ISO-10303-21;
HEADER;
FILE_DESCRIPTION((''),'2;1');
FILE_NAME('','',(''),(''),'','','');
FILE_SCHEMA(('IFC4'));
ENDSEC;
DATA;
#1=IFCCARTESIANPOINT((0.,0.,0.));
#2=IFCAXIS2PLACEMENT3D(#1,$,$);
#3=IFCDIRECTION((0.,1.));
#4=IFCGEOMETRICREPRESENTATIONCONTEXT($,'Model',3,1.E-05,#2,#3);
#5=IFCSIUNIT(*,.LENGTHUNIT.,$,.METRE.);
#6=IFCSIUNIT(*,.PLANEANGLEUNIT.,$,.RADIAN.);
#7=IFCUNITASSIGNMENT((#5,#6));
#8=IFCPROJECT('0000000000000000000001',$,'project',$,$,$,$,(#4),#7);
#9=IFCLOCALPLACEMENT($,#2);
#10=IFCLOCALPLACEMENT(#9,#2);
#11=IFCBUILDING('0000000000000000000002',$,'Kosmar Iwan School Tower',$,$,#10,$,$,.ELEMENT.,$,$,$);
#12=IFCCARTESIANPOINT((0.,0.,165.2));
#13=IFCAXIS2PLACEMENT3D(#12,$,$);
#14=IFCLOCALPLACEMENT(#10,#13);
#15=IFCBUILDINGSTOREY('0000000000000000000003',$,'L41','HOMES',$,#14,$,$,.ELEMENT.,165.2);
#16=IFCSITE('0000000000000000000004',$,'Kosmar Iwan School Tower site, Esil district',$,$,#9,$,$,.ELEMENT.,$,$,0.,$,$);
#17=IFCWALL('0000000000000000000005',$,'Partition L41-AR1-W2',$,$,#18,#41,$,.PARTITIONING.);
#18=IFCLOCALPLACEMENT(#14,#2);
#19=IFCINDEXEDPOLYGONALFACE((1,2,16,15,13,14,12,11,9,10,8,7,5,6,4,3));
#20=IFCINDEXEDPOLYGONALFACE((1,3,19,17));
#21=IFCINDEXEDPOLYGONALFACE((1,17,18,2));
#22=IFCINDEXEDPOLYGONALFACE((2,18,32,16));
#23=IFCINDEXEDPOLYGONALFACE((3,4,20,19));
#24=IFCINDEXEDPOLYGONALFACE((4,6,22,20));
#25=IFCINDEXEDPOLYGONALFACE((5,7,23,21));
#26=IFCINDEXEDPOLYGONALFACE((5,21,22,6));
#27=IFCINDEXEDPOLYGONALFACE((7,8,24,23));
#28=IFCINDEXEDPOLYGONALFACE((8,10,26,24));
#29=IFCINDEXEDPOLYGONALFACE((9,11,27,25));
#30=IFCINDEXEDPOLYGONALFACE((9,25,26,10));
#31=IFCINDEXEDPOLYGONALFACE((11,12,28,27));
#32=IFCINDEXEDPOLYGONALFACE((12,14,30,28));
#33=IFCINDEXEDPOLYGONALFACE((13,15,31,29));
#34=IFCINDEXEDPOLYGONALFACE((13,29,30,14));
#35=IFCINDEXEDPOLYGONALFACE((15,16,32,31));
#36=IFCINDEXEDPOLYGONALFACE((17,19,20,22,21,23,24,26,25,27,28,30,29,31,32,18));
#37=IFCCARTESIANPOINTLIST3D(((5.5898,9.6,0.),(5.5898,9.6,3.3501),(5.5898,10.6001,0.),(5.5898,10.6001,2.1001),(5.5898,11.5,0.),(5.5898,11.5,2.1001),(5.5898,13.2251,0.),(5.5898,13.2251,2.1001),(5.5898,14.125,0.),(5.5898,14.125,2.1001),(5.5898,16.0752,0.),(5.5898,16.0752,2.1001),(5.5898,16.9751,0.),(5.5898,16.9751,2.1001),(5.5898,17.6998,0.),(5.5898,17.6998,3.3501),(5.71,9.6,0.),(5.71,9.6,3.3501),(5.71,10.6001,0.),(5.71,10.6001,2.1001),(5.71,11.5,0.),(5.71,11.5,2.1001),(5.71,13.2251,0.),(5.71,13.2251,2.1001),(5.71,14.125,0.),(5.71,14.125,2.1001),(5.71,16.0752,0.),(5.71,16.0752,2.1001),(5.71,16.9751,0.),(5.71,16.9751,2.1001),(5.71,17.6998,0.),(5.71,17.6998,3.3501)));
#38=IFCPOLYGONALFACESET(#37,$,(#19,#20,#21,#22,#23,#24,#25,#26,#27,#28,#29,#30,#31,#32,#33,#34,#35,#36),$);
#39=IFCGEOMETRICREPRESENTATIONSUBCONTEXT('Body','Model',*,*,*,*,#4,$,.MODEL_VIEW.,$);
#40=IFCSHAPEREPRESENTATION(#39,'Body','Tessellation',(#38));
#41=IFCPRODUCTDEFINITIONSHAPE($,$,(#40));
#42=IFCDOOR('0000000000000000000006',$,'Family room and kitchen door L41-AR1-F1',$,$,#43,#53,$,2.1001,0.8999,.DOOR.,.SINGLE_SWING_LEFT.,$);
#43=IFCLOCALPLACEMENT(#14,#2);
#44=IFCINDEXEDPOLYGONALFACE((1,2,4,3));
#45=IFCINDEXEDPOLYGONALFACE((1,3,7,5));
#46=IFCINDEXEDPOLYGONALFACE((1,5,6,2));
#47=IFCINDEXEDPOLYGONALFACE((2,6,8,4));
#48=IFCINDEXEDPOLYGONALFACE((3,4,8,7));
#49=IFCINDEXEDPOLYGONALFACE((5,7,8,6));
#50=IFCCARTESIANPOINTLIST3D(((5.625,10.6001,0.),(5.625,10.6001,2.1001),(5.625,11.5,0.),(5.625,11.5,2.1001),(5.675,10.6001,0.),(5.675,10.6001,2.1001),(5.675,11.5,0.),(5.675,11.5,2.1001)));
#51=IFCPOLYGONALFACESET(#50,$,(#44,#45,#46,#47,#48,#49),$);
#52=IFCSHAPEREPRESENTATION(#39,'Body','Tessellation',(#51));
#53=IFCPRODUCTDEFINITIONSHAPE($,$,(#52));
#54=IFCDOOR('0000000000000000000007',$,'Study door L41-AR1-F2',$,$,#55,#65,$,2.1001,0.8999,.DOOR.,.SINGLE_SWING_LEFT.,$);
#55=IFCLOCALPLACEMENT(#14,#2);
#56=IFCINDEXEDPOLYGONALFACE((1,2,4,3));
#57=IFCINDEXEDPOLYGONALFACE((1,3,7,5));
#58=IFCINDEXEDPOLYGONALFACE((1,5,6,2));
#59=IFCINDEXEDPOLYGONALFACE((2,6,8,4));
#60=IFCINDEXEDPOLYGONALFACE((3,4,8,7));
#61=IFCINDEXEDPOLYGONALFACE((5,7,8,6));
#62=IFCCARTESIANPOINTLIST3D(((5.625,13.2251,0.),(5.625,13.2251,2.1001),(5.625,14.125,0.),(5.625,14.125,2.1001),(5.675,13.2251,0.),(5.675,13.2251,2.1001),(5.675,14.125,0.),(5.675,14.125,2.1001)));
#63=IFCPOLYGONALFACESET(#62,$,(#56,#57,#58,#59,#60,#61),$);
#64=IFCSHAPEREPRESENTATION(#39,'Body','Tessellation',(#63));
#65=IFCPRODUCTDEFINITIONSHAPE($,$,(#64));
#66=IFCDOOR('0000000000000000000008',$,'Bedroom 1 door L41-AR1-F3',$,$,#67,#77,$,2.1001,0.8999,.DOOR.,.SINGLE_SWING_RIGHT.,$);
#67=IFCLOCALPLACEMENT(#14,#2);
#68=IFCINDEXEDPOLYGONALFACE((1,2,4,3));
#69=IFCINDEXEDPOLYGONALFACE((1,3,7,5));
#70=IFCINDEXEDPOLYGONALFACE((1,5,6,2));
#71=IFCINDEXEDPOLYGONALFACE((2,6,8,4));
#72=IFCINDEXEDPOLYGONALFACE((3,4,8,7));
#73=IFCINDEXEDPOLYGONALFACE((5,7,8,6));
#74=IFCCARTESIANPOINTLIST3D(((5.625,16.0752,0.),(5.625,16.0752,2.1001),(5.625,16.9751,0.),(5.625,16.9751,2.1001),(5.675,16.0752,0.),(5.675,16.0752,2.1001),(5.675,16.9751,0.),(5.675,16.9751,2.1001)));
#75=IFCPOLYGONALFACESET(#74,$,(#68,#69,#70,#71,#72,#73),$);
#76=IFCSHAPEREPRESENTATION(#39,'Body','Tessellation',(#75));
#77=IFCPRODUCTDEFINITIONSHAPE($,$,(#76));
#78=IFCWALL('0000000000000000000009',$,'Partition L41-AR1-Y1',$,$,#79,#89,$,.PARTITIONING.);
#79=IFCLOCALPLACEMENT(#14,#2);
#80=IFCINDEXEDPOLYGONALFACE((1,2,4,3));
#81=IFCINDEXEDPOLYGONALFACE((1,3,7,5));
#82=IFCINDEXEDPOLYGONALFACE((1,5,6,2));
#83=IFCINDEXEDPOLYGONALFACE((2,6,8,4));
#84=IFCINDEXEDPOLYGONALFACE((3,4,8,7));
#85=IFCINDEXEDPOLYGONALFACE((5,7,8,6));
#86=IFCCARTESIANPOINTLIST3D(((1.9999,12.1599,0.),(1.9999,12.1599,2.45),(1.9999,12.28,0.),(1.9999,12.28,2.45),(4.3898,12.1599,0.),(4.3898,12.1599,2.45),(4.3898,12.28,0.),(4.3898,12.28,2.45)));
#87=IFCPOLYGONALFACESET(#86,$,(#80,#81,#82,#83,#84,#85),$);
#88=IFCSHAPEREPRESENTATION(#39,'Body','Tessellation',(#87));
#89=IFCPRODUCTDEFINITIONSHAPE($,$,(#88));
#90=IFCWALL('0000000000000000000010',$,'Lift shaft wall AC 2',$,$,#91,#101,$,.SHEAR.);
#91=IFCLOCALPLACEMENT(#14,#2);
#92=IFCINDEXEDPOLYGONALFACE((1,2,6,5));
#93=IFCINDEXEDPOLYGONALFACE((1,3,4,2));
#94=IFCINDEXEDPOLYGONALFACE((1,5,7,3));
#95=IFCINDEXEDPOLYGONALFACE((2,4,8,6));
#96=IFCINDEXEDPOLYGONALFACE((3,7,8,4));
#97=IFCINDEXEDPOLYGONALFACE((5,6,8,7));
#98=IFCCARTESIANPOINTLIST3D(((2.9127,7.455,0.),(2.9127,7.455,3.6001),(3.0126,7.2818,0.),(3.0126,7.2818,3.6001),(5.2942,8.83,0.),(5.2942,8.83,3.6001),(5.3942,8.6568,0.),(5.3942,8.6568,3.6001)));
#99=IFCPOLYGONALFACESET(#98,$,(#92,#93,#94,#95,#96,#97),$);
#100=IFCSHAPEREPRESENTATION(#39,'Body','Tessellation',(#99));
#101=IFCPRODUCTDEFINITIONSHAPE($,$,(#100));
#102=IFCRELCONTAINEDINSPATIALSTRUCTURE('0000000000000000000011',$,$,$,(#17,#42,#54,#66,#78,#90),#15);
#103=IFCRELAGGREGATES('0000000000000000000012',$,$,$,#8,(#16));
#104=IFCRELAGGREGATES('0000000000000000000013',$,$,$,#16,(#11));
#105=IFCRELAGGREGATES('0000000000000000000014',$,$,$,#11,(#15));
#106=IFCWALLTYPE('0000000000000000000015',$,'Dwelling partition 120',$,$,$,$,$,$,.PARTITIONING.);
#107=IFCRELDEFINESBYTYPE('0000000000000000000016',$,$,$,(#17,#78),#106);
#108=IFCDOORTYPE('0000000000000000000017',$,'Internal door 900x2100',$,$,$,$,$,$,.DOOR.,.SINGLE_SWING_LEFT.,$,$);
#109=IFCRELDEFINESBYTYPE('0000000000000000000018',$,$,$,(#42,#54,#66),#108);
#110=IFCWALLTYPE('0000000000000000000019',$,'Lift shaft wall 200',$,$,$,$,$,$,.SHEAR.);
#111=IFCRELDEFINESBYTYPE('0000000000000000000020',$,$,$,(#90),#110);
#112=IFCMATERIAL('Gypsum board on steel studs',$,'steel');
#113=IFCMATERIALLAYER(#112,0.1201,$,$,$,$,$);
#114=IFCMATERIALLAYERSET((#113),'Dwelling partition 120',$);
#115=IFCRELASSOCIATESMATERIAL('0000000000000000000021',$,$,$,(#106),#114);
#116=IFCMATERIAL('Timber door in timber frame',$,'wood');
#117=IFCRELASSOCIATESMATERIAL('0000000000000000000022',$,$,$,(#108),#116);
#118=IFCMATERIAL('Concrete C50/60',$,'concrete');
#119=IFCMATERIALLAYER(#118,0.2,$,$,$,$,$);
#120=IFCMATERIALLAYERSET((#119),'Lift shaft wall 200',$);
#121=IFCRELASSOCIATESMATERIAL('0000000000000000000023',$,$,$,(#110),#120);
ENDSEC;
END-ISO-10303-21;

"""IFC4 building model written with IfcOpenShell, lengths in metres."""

from ifc_helpers import new_model, si_unit, direction, frame, frame_2d, origin, place, context, subcontext, project, spatial, rectangle, extrude, material, layer, layer_set, type_object, element, fill, save


model = new_model("IFC4")

# Units and contexts
model_context = context("Model", 3, precision=1e-05, world=origin(), true_north=direction((0.0, 1.0)))
body_context = subcontext(model_context, "Body", "Model", "MODEL_VIEW")
ifc_project = project(units=[si_unit("LENGTHUNIT", "METRE"), si_unit("PLANEANGLEUNIT", "RADIAN")], contexts=[model_context])

# Site, building, storey
site_placement = place(None, origin())
site = spatial("IfcSite", under=ifc_project, at=site_placement, Name="Kosmar Iwan School Tower site, Esil district", CompositionType="ELEMENT", RefElevation=0.0)
building_placement = place(site_placement, origin())
building = spatial("IfcBuilding", under=site, at=building_placement, Name="Kosmar Iwan School Tower", CompositionType="ELEMENT")
storey_placement = place(building_placement, frame((0.0, 0.0, 165.2)))
storey = spatial("IfcBuildingStorey", under=building, at=storey_placement, Name="L41", Description="HOMES", CompositionType="ELEMENT", Elevation=165.2)

# Wall, openings, doors
ifc_material_1 = material(Name="Gypsum board on steel studs", Category="steel")
ifc_layer_1 = layer(ifc_material_1, 0.1201)
ifc_layer_set_1 = layer_set([ifc_layer_1], Name="Dwelling partition 120")
wall_type_1 = type_object("IfcWallType", Name="Dwelling partition 120", PredefinedType="PARTITIONING", material=ifc_layer_set_1)
ifc_material_2 = material(Name="Timber door in timber frame", Category="wood")
door_type_1 = type_object("IfcDoorType", Name="Internal door 900x2100", OperationType="SINGLE_SWING_LEFT", PredefinedType="DOOR", material=ifc_material_2)
wall_1_placement = place(storey_placement, frame((5.6499, 9.6001, 0.0), z_axis=(0.0, 0.0, 1.0), x_axis=(0.0, 1.0, 0.0)))
wall_1 = element("IfcWall", 1, at=wall_1_placement, inside=storey, type_object=wall_type_1, Name="Partition L41-AR1-W2", PredefinedType="PARTITIONING", context=body_context, shape_type="SweptSolid", body=[
    extrude(rectangle(XDim=8.0999, YDim=0.1201, at=frame_2d((4.0498, 0.0))), origin(), (0.0, 0.0, 1.0), 3.3501),
])
opening_1_placement = place(wall_1_placement, frame((1.0, 0.0, 0.0)))
opening_1 = element("IfcOpeningElement", 2, at=opening_1_placement, cuts=wall_1, PredefinedType="OPENING", context=body_context, shape_type="SweptSolid", body=[
    extrude(rectangle(XDim=0.8999, YDim=2.1001, at=frame_2d((0.45, 1.05))), frame((0.0, 0.072, 0.0), z_axis=(0.0, -1.0, 0.0), x_axis=(1.0, 0.0, 0.0)), (0.0, 0.0, 1.0), 0.144),
])
opening_2_placement = place(wall_1_placement, frame((3.625, 0.0, 0.0)))
opening_2 = element("IfcOpeningElement", 3, at=opening_2_placement, cuts=wall_1, PredefinedType="OPENING", context=body_context, shape_type="SweptSolid", body=[
    extrude(rectangle(XDim=0.8999, YDim=2.1001, at=frame_2d((0.45, 1.05))), frame((0.0, 0.072, 0.0), z_axis=(0.0, -1.0, 0.0), x_axis=(1.0, 0.0, 0.0)), (0.0, 0.0, 1.0), 0.144),
])
opening_3_placement = place(wall_1_placement, frame((6.4751, 0.0, 0.0)))
opening_3 = element("IfcOpeningElement", 4, at=opening_3_placement, cuts=wall_1, PredefinedType="OPENING", context=body_context, shape_type="SweptSolid", body=[
    extrude(rectangle(XDim=0.8999, YDim=2.1001, at=frame_2d((0.45, 1.05))), frame((0.0, 0.072, 0.0), z_axis=(0.0, -1.0, 0.0), x_axis=(1.0, 0.0, 0.0)), (0.0, 0.0, 1.0), 0.144),
])
door_1_placement = place(opening_1_placement, origin())
door_1 = element("IfcDoor", 5, at=door_1_placement, inside=storey, type_object=door_type_1, Name="Family room and kitchen door L41-AR1-F1", OperationType="SINGLE_SWING_LEFT", OverallHeight=2.1001, OverallWidth=0.8999, PredefinedType="DOOR", context=body_context, shape_type="SweptSolid", body=[
    extrude(rectangle(XDim=0.8999, YDim=2.1001, at=frame_2d((0.45, 1.05))), frame((0.0, 0.0249, 0.0), z_axis=(0.0, -1.0, 0.0), x_axis=(1.0, 0.0, 0.0)), (0.0, 0.0, 1.0), 0.05),
])
fill(opening_1, door_1)
door_2_placement = place(opening_2_placement, origin())
door_2 = element("IfcDoor", 6, at=door_2_placement, inside=storey, type_object=door_type_1, Name="Study door L41-AR1-F2", OperationType="SINGLE_SWING_LEFT", OverallHeight=2.1001, OverallWidth=0.8999, PredefinedType="DOOR", context=body_context, shape_type="SweptSolid", body=[
    extrude(rectangle(XDim=0.8999, YDim=2.1001, at=frame_2d((0.45, 1.05))), frame((0.0, 0.0249, 0.0), z_axis=(0.0, -1.0, 0.0), x_axis=(1.0, 0.0, 0.0)), (0.0, 0.0, 1.0), 0.05),
])
fill(opening_2, door_2)
door_3_placement = place(opening_3_placement, origin())
door_3 = element("IfcDoor", 7, at=door_3_placement, inside=storey, type_object=door_type_1, Name="Bedroom 1 door L41-AR1-F3", OperationType="SINGLE_SWING_RIGHT", OverallHeight=2.1001, OverallWidth=0.8999, PredefinedType="DOOR", context=body_context, shape_type="SweptSolid", body=[
    extrude(rectangle(XDim=0.8999, YDim=2.1001, at=frame_2d((0.45, 1.05))), frame((0.0, 0.0249, 0.0), z_axis=(0.0, -1.0, 0.0), x_axis=(1.0, 0.0, 0.0)), (0.0, 0.0, 1.0), 0.05),
])
fill(opening_3, door_3)

# Walls
wall_2_placement = place(storey_placement, frame((2.0, 12.22, 0.0), z_axis=(0.0, 0.0, 1.0), x_axis=(1.0, 0.0, 0.0)))
element("IfcWall", 8, at=wall_2_placement, inside=storey, type_object=wall_type_1, Name="Partition L41-AR1-Y1", PredefinedType="PARTITIONING", context=body_context, shape_type="SweptSolid", body=[
    extrude(rectangle(XDim=2.3899, YDim=0.1201, at=frame_2d((1.1948, 0.0))), origin(), (0.0, 0.0, 1.0), 2.45),
])
ifc_material_3 = material(Name="Concrete C50/60", Category="concrete")
ifc_layer_2 = layer(ifc_material_3, 0.2)
ifc_layer_set_2 = layer_set([ifc_layer_2], Name="Lift shaft wall 200")
wall_type_2 = type_object("IfcWallType", Name="Lift shaft wall 200", PredefinedType="SHEAR", material=ifc_layer_set_2)
wall_3_placement = place(storey_placement, frame((2.9626, 7.3684, 0.0), z_axis=(0.0, 0.0, 1.0), x_axis=(0.866027, 0.499997, 0.0)))
element("IfcWall", 9, at=wall_3_placement, inside=storey, type_object=wall_type_2, Name="Lift shaft wall AC 2", PredefinedType="SHEAR", context=body_context, shape_type="SweptSolid", body=[
    extrude(rectangle(XDim=2.75, YDim=0.2, at=frame_2d((1.375, 0.0))), origin(), (0.0, 0.0, 1.0), 3.6001),
])

save(model, "model.ifc")
